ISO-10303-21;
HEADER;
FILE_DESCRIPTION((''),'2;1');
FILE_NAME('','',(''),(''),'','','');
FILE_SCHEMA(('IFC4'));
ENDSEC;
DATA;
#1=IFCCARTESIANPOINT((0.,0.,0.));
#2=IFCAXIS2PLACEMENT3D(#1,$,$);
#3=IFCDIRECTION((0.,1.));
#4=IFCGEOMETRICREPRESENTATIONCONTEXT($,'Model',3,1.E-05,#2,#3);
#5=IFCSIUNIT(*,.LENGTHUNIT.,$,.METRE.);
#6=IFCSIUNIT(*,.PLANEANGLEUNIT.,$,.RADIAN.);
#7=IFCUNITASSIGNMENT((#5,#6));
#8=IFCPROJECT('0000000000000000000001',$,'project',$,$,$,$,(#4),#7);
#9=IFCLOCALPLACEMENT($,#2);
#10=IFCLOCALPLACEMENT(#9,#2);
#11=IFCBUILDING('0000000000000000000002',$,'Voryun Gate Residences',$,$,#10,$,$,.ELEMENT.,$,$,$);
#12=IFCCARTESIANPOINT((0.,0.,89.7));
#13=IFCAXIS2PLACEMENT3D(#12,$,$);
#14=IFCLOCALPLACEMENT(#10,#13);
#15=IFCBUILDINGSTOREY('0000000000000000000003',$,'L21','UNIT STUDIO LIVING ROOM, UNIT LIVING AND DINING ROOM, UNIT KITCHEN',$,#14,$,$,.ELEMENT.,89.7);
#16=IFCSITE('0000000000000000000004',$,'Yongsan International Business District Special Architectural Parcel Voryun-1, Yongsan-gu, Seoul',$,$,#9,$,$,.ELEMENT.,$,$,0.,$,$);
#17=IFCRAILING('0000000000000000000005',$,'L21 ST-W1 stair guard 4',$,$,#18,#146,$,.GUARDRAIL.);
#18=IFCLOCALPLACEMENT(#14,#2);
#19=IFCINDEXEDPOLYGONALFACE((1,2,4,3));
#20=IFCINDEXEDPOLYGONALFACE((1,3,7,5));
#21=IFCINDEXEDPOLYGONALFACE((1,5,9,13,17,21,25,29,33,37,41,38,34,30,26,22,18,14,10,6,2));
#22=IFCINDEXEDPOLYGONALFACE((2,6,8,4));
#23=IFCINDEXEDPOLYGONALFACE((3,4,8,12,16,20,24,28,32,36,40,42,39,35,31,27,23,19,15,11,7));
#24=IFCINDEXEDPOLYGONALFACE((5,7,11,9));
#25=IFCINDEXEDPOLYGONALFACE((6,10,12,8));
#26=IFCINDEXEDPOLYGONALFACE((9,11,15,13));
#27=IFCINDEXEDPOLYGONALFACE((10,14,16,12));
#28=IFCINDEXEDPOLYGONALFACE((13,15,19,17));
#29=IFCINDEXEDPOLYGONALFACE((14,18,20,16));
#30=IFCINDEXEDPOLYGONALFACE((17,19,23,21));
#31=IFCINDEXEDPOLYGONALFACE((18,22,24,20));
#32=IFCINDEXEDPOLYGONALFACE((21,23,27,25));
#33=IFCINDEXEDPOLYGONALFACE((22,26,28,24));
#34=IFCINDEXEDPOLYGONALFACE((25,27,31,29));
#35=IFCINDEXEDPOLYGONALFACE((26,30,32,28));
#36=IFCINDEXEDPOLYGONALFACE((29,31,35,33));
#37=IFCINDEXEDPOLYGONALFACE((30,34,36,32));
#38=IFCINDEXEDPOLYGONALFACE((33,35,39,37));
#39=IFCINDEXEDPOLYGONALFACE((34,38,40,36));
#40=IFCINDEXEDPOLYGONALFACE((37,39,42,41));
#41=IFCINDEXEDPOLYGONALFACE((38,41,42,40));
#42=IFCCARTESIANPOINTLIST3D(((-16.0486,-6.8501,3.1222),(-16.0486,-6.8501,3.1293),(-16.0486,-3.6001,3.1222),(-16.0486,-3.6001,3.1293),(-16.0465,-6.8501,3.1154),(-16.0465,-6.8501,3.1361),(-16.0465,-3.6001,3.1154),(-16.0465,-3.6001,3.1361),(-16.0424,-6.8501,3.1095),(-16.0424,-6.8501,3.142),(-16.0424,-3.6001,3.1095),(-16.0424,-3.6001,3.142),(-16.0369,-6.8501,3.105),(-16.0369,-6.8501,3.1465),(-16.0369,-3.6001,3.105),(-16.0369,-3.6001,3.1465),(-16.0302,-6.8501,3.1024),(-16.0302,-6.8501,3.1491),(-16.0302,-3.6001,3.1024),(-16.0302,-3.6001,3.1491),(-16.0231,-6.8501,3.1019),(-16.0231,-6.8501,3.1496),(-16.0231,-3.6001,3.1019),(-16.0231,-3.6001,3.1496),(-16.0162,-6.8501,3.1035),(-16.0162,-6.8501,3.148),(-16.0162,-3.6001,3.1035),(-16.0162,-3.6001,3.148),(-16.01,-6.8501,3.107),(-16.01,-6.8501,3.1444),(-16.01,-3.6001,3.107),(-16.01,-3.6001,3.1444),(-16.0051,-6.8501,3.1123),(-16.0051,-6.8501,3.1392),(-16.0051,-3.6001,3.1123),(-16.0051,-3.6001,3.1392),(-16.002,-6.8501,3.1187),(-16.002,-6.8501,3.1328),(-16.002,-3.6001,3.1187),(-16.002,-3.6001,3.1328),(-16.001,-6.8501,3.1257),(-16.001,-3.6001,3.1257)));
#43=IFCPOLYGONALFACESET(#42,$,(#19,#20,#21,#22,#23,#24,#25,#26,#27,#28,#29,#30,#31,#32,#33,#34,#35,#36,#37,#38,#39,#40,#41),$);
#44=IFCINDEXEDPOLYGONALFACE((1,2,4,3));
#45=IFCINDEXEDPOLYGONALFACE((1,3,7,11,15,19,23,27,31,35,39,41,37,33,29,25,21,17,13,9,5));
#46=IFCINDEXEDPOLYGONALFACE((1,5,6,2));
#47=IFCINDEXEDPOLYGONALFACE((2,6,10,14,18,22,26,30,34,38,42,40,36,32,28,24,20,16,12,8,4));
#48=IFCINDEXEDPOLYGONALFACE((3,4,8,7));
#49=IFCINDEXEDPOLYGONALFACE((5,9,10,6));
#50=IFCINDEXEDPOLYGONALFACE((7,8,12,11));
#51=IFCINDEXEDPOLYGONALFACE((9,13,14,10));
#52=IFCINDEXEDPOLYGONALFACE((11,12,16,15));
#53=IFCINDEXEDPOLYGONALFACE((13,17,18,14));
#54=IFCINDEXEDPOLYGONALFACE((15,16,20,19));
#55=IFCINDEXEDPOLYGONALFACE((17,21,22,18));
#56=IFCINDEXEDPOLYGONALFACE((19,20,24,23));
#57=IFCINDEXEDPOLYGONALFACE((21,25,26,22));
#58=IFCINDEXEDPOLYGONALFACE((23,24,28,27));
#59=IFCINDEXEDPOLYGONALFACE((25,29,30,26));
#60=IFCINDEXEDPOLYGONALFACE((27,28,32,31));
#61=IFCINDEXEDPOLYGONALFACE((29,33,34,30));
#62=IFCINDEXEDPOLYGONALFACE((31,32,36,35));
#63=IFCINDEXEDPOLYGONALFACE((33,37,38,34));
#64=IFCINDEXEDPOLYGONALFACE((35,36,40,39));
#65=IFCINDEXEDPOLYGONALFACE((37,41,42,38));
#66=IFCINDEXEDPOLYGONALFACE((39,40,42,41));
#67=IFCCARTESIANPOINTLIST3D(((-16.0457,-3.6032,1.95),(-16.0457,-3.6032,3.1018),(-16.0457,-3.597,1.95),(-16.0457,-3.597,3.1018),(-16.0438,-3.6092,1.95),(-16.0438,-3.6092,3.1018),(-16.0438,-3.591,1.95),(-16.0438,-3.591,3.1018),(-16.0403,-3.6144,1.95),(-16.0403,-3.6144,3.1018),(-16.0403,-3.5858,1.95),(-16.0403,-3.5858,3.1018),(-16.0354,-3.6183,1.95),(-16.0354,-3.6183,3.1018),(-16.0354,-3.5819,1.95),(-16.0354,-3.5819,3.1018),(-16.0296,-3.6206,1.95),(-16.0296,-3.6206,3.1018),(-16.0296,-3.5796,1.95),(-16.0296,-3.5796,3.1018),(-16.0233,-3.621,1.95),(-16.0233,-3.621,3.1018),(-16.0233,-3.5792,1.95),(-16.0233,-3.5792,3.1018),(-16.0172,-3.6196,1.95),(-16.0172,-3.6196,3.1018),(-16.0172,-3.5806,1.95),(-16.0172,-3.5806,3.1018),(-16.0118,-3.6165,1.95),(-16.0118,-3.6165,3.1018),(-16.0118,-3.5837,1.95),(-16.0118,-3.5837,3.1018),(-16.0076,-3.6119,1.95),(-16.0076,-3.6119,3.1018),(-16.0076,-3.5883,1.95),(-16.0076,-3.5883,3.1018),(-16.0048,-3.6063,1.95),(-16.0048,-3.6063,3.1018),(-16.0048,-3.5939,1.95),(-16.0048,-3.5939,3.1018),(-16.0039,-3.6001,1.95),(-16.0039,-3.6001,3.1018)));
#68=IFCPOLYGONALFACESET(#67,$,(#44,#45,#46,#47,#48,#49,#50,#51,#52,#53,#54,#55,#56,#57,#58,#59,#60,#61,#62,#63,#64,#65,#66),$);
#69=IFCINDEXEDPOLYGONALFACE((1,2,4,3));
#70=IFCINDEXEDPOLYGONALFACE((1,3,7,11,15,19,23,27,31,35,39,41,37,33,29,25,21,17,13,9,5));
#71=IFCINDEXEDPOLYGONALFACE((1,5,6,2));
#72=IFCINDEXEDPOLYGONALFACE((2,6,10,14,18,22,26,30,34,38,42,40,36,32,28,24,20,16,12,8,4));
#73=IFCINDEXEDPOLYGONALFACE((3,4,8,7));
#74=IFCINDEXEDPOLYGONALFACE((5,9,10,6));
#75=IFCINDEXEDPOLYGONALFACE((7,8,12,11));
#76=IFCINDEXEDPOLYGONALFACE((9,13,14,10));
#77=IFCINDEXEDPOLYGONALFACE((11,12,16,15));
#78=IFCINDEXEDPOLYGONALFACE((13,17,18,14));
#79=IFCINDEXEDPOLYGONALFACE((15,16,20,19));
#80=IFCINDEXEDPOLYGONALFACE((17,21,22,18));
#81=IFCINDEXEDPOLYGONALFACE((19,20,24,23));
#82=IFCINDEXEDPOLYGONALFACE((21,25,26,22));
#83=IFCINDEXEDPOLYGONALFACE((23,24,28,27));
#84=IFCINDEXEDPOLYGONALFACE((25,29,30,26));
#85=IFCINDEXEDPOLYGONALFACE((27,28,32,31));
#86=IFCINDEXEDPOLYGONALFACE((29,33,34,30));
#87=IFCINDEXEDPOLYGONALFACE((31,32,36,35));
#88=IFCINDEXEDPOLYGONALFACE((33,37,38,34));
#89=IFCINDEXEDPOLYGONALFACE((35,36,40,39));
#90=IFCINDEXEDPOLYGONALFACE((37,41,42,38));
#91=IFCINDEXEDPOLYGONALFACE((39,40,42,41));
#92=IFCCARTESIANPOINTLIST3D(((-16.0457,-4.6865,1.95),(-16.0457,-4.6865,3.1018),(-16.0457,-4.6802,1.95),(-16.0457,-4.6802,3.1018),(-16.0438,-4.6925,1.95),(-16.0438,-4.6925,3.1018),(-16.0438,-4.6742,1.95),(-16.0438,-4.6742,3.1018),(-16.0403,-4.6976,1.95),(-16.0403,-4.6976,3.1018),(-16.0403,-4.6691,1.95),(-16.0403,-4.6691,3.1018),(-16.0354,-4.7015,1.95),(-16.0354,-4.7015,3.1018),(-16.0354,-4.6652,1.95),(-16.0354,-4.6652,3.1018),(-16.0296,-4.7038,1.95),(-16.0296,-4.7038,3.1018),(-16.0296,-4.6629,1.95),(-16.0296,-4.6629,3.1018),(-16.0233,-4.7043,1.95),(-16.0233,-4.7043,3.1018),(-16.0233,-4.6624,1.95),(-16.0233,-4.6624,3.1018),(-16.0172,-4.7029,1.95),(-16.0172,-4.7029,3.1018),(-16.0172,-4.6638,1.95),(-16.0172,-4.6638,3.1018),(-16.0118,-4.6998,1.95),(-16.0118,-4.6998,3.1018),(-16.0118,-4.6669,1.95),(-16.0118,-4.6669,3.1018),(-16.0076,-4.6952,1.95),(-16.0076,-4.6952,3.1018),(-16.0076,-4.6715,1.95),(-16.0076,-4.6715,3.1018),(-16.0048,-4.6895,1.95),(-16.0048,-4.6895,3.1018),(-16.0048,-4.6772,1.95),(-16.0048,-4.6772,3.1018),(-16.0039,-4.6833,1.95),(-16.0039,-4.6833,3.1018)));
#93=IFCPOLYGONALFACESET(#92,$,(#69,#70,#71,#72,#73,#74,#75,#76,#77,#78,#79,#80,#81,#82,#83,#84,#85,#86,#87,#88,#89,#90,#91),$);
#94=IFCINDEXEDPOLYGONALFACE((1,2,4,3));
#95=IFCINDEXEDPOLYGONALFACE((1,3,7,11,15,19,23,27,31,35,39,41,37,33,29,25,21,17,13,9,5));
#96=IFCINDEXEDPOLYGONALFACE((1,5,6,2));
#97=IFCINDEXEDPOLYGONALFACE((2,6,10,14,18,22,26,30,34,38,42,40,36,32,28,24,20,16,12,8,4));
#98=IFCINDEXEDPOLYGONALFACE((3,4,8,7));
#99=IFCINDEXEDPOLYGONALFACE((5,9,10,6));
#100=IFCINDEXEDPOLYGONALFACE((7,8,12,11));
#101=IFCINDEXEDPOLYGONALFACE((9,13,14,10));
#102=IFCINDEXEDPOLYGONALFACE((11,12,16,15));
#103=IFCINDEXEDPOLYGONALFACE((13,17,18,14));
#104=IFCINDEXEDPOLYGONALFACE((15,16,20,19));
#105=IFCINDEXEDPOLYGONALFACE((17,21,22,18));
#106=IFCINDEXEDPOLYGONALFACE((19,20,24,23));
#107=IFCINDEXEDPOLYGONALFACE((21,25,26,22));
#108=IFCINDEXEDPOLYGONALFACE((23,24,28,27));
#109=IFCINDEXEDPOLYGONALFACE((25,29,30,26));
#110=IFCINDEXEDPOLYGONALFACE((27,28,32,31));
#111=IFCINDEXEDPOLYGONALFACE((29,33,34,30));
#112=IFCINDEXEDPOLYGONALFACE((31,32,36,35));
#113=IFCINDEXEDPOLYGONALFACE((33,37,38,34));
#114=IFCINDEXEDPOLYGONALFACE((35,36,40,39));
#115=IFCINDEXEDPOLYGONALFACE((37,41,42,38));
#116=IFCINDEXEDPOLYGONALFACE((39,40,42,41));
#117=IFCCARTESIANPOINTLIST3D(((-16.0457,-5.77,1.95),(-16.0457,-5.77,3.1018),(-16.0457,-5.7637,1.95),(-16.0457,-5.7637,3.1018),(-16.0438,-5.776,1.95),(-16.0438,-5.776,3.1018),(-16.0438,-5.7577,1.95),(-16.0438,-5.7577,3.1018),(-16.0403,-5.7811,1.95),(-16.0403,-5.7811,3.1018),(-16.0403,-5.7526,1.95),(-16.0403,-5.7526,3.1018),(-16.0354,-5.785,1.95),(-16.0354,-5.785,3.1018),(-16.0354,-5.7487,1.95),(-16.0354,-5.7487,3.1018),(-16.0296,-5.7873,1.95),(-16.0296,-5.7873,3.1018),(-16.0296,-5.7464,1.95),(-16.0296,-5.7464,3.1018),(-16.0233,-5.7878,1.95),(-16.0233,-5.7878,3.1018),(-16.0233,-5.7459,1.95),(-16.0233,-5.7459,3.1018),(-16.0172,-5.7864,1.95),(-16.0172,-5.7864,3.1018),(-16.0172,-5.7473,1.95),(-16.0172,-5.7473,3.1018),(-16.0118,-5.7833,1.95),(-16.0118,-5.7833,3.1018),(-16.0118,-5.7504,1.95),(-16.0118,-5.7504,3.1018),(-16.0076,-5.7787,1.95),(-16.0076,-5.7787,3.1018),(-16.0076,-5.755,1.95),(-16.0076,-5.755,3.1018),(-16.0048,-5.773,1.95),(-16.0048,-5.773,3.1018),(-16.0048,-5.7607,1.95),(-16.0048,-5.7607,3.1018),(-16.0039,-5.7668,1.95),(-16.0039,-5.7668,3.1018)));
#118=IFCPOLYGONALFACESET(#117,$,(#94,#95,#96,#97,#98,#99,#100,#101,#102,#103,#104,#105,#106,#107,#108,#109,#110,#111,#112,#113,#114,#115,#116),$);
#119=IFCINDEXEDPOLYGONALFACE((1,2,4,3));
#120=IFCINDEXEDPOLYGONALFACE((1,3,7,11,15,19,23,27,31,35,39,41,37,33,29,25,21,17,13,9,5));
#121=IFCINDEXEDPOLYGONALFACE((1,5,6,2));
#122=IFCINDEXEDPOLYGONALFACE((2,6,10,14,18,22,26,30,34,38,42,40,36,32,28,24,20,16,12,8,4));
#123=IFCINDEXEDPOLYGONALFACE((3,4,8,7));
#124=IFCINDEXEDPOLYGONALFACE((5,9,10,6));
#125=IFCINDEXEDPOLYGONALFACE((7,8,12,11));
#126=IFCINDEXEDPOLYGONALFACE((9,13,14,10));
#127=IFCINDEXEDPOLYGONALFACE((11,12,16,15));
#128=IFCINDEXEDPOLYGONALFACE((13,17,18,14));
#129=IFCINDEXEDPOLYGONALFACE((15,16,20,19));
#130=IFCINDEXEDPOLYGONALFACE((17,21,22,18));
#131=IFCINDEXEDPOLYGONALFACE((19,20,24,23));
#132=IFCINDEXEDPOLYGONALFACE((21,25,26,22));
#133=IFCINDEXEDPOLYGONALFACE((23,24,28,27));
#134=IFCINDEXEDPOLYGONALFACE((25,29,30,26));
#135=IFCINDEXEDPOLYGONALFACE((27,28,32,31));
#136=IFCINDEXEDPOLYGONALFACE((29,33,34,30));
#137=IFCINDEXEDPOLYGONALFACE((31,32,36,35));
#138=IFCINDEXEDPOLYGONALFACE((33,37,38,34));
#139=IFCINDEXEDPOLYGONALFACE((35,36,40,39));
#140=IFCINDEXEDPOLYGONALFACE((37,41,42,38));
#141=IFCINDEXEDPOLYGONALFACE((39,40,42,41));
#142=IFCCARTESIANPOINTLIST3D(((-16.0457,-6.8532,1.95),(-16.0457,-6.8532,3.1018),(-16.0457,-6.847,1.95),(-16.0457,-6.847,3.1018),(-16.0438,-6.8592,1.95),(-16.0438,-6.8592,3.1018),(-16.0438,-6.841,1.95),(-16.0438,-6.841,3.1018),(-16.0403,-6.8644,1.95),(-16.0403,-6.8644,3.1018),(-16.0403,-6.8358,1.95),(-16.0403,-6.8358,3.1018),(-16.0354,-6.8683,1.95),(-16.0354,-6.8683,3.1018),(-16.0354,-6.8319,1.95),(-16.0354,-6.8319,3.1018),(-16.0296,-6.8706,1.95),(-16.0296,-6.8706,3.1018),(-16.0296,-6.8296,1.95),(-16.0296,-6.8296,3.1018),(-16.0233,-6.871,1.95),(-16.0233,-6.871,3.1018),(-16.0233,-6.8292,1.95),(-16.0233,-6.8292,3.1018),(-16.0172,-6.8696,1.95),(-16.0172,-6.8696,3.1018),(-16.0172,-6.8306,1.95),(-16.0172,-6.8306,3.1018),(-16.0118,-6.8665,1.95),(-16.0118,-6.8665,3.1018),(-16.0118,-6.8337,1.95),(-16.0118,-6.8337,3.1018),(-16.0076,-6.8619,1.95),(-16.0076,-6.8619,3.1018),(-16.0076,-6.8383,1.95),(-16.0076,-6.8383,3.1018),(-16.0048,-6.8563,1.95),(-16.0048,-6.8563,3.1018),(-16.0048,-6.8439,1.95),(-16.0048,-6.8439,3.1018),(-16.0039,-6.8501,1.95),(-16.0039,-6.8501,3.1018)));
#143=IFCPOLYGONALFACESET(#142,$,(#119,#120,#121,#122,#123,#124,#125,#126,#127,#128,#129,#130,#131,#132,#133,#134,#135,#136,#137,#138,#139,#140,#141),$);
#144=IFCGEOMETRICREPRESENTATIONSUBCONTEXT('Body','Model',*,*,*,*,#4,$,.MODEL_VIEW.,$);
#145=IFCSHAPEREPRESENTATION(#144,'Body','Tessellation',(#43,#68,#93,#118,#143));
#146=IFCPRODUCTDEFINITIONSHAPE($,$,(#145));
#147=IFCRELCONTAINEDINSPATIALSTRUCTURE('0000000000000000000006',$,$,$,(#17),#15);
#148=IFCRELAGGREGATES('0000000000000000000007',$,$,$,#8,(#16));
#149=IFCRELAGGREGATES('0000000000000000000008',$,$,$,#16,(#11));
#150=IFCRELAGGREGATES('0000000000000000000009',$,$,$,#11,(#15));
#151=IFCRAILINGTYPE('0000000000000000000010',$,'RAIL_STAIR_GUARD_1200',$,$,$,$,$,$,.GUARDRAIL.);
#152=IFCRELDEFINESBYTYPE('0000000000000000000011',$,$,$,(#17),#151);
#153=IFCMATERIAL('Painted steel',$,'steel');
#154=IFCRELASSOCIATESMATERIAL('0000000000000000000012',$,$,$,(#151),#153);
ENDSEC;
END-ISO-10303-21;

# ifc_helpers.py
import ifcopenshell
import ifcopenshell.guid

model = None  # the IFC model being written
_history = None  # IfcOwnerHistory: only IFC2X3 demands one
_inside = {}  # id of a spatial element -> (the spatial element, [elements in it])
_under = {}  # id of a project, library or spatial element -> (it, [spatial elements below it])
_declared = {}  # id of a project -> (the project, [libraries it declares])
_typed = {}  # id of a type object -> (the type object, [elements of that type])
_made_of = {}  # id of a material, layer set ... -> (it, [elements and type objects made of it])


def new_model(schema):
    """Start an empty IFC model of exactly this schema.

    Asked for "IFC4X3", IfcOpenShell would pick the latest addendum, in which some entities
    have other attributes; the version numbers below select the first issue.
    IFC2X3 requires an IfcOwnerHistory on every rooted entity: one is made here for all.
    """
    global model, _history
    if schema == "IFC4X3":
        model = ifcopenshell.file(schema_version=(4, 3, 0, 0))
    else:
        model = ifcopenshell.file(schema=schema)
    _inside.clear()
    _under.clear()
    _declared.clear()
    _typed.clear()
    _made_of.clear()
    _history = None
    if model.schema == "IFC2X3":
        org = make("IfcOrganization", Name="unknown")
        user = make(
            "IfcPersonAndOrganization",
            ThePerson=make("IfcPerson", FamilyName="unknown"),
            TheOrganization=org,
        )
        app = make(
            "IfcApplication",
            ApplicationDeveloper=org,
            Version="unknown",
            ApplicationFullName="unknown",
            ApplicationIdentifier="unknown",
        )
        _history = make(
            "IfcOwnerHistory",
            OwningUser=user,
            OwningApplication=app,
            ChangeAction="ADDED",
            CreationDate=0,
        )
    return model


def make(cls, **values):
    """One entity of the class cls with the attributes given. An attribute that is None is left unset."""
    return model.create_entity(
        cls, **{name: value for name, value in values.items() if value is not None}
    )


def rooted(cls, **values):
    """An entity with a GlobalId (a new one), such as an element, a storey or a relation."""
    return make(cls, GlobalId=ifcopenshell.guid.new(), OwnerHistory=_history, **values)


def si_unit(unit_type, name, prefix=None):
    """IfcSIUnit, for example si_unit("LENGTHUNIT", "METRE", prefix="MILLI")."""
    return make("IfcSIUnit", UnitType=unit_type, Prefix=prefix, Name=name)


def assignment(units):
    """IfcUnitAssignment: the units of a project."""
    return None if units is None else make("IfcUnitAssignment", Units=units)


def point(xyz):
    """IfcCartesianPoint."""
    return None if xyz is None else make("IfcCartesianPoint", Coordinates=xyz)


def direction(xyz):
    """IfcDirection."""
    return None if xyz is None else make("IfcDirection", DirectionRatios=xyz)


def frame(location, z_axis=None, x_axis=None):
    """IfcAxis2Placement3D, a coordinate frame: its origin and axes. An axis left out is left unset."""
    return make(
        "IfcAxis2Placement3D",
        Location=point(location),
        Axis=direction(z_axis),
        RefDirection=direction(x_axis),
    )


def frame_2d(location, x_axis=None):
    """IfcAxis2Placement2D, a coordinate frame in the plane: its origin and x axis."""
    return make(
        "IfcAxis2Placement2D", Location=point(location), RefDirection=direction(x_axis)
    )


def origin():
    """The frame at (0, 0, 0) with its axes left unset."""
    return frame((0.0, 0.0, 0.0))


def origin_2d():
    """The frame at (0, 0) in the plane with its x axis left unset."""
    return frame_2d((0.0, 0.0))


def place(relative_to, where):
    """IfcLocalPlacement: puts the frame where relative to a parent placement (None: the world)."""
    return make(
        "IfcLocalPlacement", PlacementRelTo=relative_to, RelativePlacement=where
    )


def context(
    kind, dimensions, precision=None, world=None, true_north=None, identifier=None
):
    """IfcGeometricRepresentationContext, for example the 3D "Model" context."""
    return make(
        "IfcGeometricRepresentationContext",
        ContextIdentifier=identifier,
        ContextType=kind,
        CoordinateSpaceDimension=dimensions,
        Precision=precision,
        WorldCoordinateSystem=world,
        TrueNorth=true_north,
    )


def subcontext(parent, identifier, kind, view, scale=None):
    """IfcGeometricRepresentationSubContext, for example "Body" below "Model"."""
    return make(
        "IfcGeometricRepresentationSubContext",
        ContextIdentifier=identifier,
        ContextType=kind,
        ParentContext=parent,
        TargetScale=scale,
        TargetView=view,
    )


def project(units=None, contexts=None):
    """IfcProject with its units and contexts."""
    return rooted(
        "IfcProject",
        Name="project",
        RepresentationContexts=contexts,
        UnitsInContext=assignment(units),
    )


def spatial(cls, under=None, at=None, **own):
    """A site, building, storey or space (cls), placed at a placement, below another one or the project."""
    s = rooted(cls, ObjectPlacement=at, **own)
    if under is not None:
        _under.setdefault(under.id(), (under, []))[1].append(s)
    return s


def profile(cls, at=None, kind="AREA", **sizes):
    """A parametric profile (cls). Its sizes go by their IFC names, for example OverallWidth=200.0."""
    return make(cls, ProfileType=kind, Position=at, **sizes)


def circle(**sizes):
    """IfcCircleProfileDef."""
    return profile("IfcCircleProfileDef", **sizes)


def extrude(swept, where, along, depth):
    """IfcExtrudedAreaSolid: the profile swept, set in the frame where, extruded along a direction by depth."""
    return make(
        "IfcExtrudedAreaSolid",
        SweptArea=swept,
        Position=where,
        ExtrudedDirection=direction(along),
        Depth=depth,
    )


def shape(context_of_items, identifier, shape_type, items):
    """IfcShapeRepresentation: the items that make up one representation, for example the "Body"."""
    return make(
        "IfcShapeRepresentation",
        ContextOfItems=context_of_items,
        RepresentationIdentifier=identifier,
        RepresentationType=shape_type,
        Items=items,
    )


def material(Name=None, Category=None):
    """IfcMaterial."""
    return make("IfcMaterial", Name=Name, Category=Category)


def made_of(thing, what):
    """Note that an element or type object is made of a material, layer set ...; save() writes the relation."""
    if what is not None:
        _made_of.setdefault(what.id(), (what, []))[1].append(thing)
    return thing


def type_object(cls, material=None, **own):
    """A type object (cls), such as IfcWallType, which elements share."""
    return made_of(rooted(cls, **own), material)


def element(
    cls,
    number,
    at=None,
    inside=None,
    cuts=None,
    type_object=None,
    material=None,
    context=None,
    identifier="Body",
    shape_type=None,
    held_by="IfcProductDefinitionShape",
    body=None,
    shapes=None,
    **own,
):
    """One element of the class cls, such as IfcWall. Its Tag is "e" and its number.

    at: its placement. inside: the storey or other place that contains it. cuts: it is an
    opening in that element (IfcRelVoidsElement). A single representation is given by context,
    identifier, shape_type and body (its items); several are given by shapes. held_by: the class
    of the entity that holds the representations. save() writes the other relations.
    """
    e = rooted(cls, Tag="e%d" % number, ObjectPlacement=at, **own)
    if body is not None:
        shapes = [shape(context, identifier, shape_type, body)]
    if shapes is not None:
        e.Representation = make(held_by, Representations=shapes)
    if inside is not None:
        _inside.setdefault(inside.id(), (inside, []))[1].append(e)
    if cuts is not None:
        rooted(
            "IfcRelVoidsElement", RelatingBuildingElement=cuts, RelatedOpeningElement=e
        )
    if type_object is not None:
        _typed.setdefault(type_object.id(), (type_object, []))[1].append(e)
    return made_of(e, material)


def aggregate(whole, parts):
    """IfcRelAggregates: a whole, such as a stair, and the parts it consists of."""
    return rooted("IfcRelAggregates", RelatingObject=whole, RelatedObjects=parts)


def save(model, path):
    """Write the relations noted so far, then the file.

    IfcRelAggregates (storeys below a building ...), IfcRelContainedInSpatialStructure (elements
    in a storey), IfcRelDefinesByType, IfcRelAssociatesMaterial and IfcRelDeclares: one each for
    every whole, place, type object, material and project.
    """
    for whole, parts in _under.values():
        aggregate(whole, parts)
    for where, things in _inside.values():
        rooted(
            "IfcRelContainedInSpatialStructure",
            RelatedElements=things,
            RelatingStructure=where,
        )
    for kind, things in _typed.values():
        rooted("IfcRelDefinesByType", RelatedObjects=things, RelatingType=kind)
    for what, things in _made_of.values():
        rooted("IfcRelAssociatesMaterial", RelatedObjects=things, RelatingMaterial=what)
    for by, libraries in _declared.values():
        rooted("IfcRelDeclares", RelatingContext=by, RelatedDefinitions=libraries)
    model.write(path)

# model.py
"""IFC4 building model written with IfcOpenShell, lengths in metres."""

from ifc_helpers import new_model, si_unit, direction, frame, origin, origin_2d, place, context, subcontext, project, spatial, circle, extrude, material, type_object, element, save


model = new_model("IFC4")

# Units and contexts
model_context = context("Model", 3, precision=1e-05, world=origin(), true_north=direction((0.0, 1.0)))
body_context = subcontext(model_context, "Body", "Model", "MODEL_VIEW")
ifc_project = project(units=[si_unit("LENGTHUNIT", "METRE"), si_unit("PLANEANGLEUNIT", "RADIAN")], contexts=[model_context])

# Site, building, storey
site_placement = place(None, origin())
site = spatial("IfcSite", under=ifc_project, at=site_placement, Name="Yongsan International Business District Special Architectural Parcel Voryun-1, Yongsan-gu, Seoul", CompositionType="ELEMENT", RefElevation=0.0)
building_placement = place(site_placement, origin())
building = spatial("IfcBuilding", under=site, at=building_placement, Name="Voryun Gate Residences", CompositionType="ELEMENT")
storey_placement = place(building_placement, frame((0.0, 0.0, 89.7)))
storey = spatial("IfcBuildingStorey", under=building, at=storey_placement, Name="L21", Description="UNIT STUDIO LIVING ROOM, UNIT LIVING AND DINING ROOM, UNIT KITCHEN", CompositionType="ELEMENT", Elevation=89.7)

# Railing
ifc_material_1 = material(Name="Painted steel", Category="steel")
railing_type_1 = type_object("IfcRailingType", Name="RAIL_STAIR_GUARD_1200", PredefinedType="GUARDRAIL", material=ifc_material_1)
railing_1_placement = place(storey_placement, frame((-16.0249, -3.6001, 1.95)))
element("IfcRailing", 1, at=railing_1_placement, inside=storey, type_object=railing_type_1, Name="L21 ST-W1 stair guard 4", PredefinedType="GUARDRAIL", context=body_context, shape_type="SweptSolid", body=[
    extrude(circle(Radius=0.0239, at=origin_2d()), frame((0.0, 0.0, 1.1758), z_axis=(0.0, -1.0, 0.0), x_axis=(1.0, 0.0, 0.0)), (0.0, 0.0, 1.0), 3.25),
    extrude(circle(Radius=0.021, at=origin_2d()), origin(), (0.0, 0.0, 1.0), 1.1519),
    extrude(circle(Radius=0.021, at=origin_2d()), frame((0.0, -1.0833, 0.0)), (0.0, 0.0, 1.0), 1.1519),
    extrude(circle(Radius=0.021, at=origin_2d()), frame((0.0, -2.1667, 0.0)), (0.0, 0.0, 1.0), 1.1519),
    extrude(circle(Radius=0.021, at=origin_2d()), frame((0.0, -3.25, 0.0)), (0.0, 0.0, 1.0), 1.1519),
])

save(model, "model.ifc")
